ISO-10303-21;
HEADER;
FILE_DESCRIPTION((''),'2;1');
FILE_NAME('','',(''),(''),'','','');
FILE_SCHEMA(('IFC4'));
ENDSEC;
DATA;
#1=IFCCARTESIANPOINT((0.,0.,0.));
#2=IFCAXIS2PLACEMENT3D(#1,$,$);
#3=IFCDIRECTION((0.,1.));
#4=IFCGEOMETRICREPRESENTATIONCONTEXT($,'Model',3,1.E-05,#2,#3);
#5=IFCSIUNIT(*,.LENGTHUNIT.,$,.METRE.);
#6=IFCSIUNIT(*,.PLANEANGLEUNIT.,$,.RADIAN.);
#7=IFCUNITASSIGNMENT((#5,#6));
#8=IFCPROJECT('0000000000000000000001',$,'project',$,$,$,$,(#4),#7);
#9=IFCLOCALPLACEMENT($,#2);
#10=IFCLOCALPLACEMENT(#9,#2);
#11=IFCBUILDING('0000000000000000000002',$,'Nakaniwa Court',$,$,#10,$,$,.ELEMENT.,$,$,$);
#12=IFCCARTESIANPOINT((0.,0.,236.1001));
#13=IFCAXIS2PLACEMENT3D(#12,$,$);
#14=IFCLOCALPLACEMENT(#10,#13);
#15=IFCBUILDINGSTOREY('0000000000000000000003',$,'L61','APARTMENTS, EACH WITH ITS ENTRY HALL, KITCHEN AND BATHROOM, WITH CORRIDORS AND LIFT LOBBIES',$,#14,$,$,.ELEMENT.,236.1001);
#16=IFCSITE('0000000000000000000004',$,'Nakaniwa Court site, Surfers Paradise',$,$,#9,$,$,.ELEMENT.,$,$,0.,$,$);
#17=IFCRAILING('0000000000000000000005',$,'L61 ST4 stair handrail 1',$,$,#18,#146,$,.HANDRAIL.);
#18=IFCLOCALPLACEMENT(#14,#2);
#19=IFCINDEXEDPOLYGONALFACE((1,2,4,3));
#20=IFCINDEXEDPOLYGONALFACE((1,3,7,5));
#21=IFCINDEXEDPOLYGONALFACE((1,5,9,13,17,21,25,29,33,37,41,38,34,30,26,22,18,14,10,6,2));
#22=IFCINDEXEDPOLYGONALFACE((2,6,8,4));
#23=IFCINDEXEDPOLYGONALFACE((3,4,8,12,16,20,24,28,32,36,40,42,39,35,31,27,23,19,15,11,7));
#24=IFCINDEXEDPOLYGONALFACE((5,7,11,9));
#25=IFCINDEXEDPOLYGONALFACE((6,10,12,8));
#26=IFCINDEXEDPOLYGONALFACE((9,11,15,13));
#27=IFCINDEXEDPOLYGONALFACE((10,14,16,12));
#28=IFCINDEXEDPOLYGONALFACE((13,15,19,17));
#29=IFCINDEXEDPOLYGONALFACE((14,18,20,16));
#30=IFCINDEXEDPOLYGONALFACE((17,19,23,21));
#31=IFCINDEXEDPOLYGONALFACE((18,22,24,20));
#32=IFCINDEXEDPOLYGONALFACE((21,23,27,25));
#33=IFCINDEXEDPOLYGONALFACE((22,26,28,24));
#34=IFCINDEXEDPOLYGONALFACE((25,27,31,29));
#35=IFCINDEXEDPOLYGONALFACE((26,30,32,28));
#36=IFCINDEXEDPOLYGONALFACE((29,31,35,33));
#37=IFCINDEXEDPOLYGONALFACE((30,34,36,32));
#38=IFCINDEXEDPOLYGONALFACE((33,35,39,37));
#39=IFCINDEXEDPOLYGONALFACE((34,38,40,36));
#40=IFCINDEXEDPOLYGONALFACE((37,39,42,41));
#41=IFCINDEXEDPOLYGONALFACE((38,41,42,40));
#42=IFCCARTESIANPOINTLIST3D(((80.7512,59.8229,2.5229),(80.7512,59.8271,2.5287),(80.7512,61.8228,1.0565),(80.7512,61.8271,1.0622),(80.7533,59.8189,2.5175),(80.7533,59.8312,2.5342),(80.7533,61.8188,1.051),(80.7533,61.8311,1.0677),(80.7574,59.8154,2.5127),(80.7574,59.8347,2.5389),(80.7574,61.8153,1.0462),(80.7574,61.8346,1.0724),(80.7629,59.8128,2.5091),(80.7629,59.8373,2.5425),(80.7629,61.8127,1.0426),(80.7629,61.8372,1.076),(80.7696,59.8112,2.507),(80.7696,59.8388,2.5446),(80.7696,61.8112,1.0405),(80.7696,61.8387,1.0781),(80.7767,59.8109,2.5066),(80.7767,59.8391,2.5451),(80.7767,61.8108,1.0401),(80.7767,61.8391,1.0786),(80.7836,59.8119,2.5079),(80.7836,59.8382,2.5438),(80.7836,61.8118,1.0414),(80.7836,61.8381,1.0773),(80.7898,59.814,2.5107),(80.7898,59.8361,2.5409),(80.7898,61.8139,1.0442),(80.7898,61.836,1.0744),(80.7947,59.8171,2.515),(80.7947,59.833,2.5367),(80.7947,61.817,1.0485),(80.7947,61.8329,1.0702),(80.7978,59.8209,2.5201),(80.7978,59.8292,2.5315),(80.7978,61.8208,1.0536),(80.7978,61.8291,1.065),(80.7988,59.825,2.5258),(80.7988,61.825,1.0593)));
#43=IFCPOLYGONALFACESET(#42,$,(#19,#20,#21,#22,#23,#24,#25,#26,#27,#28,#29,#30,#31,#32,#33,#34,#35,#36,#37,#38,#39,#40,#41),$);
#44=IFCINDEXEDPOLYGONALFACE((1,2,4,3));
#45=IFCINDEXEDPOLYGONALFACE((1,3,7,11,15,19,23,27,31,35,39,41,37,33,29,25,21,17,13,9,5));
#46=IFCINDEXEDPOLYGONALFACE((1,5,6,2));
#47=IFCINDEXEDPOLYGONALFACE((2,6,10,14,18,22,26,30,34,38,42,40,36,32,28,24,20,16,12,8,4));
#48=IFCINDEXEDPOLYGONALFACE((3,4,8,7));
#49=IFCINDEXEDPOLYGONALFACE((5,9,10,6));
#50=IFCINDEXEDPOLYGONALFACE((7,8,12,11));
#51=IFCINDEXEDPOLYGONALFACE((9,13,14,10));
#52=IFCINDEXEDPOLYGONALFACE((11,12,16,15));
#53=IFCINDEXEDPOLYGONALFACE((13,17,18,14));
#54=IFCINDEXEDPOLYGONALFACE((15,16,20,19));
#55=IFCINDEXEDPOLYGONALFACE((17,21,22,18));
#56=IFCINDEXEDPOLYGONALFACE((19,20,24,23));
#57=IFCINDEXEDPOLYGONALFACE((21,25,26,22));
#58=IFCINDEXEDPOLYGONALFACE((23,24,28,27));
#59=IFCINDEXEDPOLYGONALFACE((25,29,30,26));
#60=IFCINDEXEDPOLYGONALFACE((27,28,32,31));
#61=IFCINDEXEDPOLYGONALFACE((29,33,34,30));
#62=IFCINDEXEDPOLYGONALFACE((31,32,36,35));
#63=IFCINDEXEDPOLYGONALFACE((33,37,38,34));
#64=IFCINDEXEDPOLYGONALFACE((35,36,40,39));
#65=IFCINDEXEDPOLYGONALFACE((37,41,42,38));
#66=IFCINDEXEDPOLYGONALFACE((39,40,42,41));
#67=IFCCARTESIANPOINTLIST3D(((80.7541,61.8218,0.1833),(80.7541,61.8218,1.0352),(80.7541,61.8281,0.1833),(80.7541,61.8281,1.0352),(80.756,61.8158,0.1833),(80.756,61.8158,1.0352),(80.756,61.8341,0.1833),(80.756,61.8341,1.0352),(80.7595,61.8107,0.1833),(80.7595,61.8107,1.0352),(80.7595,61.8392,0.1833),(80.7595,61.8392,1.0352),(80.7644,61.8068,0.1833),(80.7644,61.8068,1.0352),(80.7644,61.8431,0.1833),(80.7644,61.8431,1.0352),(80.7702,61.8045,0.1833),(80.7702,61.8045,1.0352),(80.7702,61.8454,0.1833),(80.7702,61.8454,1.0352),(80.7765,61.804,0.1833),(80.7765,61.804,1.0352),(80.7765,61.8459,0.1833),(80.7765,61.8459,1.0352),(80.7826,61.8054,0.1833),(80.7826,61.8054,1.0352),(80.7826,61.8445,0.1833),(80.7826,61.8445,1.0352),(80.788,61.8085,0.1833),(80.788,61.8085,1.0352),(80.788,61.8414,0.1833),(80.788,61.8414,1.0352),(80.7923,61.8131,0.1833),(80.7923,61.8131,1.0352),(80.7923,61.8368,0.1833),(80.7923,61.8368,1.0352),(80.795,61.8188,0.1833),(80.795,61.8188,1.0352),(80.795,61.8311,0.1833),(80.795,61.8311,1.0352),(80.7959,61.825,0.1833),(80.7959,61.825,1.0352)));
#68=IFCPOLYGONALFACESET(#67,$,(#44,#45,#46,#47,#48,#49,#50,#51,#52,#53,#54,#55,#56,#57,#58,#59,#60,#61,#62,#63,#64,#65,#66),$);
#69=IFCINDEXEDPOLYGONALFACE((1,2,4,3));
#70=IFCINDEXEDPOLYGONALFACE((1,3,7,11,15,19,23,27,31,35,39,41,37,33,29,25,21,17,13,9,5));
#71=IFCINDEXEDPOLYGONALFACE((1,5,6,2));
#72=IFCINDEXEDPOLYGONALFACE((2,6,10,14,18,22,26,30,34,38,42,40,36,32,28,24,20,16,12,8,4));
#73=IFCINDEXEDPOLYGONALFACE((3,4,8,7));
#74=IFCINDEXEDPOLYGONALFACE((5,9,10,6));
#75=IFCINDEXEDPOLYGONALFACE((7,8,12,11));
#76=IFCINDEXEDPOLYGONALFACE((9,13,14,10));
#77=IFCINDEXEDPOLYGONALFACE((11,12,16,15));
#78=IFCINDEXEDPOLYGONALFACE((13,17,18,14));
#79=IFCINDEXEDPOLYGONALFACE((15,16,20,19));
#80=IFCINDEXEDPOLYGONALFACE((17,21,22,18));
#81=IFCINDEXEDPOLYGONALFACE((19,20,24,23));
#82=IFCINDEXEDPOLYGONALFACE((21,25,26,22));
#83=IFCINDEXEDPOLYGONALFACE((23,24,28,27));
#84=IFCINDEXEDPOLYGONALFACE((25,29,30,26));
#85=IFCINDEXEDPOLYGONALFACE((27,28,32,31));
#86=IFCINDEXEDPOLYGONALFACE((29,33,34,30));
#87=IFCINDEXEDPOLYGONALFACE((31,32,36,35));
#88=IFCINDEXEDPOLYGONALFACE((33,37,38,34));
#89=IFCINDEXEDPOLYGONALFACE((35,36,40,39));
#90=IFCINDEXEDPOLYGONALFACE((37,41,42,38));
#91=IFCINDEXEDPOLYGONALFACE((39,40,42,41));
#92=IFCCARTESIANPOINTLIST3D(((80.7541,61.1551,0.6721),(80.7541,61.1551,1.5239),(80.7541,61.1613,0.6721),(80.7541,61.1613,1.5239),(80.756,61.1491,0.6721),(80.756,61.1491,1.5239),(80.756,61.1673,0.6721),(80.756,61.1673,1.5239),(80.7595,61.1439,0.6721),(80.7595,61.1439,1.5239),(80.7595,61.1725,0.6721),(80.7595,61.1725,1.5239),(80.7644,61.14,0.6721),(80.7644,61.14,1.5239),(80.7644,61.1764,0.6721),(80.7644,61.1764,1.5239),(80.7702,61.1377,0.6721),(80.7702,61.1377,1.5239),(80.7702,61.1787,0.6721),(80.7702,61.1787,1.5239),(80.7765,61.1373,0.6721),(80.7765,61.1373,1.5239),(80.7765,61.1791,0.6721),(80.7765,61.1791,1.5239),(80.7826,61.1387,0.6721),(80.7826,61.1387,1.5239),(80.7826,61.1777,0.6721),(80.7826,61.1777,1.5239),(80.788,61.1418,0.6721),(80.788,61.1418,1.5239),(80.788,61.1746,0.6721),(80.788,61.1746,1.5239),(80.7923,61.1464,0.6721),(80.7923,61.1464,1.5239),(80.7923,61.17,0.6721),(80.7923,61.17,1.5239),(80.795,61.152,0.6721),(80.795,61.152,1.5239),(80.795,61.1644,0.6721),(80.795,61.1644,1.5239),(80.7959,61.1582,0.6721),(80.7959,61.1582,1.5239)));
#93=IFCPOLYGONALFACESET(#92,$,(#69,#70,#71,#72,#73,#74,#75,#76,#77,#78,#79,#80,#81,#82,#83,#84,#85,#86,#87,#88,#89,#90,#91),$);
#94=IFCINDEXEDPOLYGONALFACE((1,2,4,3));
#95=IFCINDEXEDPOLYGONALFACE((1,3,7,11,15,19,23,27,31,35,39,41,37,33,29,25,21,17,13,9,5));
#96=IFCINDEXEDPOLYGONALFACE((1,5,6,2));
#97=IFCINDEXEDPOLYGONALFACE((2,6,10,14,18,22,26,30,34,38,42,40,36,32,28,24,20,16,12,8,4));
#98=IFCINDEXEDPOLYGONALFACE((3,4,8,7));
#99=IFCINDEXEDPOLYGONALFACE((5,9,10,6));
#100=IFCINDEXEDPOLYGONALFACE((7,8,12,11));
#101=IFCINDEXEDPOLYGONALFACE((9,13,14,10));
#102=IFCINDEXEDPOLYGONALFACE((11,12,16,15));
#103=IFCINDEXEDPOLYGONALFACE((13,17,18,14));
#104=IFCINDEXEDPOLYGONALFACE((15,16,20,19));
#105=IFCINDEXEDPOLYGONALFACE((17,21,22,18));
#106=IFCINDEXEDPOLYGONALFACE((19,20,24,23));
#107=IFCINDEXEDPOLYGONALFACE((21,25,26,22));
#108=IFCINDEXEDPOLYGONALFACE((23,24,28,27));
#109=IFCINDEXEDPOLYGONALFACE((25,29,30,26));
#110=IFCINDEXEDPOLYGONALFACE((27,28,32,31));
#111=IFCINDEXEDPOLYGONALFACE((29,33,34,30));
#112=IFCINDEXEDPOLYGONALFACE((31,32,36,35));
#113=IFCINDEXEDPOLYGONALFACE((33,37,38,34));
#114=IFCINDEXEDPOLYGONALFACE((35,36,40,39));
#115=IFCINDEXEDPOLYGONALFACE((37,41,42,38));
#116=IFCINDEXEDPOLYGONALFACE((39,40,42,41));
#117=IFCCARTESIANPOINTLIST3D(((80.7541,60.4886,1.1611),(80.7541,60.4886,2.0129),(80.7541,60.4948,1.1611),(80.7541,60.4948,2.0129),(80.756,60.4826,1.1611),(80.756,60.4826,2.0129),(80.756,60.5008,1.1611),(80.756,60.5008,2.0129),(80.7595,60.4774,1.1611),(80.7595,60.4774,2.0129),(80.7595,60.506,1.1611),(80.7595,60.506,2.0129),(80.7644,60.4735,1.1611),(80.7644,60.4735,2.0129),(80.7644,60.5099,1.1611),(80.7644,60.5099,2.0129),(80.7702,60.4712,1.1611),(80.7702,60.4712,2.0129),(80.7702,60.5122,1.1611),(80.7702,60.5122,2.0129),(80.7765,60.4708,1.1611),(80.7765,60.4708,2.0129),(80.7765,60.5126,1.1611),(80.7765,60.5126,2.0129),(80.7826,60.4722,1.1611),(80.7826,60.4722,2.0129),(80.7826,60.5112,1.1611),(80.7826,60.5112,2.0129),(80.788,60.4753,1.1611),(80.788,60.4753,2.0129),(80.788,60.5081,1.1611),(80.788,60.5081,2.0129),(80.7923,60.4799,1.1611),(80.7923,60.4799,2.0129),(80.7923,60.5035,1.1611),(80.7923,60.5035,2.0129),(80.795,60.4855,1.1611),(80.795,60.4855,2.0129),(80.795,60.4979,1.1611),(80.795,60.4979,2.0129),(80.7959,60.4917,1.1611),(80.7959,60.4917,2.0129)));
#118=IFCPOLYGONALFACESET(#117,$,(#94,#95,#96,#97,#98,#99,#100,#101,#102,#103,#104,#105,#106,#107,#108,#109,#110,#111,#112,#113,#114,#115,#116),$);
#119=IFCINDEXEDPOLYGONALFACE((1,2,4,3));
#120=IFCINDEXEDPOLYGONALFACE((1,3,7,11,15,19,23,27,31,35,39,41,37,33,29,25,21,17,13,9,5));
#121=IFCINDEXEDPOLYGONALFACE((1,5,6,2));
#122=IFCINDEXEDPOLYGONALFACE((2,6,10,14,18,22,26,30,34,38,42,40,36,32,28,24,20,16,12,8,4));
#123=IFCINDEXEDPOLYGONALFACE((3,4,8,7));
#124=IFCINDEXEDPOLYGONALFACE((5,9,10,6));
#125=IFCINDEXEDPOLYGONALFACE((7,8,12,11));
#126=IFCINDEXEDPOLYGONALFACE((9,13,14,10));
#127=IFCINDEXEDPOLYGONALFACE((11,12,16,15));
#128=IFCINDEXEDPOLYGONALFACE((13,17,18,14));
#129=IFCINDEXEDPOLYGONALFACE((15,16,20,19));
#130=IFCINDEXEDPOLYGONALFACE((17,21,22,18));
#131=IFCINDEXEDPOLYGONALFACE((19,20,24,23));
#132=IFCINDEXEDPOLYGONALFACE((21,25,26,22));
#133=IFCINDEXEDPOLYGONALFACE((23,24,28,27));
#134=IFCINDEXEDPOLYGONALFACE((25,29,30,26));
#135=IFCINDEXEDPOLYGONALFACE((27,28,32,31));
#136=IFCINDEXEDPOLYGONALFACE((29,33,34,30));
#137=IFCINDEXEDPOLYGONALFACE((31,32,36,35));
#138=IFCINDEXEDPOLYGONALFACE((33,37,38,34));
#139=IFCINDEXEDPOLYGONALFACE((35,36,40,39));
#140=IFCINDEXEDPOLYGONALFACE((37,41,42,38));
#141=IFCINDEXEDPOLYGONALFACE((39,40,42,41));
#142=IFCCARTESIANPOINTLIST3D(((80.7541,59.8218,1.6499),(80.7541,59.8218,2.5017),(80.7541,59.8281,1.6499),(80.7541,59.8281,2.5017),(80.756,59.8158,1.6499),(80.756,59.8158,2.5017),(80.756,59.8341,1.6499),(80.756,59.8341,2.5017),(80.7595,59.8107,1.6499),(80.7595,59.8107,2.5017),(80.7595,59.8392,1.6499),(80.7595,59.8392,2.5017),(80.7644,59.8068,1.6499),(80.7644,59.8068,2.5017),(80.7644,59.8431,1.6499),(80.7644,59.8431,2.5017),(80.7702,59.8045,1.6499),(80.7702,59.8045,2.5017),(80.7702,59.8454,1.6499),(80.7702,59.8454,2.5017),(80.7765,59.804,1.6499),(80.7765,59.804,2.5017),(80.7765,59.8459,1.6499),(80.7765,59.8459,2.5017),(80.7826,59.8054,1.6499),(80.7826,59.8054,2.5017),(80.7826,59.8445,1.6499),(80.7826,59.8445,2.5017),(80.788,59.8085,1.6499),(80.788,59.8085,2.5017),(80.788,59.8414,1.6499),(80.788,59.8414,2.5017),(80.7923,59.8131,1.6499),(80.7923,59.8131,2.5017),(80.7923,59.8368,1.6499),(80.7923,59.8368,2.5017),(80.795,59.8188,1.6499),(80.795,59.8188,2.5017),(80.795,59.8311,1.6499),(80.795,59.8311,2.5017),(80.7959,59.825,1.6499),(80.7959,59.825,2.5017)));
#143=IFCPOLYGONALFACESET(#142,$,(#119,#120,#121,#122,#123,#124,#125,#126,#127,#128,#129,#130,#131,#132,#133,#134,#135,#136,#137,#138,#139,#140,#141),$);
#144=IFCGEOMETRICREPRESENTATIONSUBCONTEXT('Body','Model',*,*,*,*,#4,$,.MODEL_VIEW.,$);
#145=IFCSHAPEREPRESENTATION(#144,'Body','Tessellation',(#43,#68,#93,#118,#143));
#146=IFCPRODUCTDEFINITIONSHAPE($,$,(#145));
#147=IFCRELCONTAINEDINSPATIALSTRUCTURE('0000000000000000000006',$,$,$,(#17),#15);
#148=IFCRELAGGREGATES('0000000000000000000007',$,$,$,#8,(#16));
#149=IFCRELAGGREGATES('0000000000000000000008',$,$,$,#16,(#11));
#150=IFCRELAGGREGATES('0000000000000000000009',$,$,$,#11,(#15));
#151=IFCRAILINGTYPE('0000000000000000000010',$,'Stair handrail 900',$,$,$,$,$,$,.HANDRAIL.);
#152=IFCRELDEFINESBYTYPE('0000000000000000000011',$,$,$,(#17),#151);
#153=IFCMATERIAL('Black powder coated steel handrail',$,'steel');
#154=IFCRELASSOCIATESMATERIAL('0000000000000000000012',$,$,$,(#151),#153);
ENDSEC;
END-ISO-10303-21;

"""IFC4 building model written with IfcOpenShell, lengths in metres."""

from ifc_helpers import new_model, si_unit, direction, frame, origin, origin_2d, place, context, subcontext, project, spatial, circle, extrude, material, type_object, element, save


model = new_model("IFC4")

# Units and contexts
model_context = context("Model", 3, precision=1e-05, world=origin(), true_north=direction((0.0, 1.0)))
body_context = subcontext(model_context, "Body", "Model", "MODEL_VIEW")
ifc_project = project(units=[si_unit("LENGTHUNIT", "METRE"), si_unit("PLANEANGLEUNIT", "RADIAN")], contexts=[model_context])

# Site, building, storey
site_placement = place(None, origin())
site = spatial("IfcSite", under=ifc_project, at=site_placement, Name="Nakaniwa Court site, Surfers Paradise", CompositionType="ELEMENT", RefElevation=0.0)
building_placement = place(site_placement, origin())
building = spatial("IfcBuilding", under=site, at=building_placement, Name="Nakaniwa Court", CompositionType="ELEMENT")
storey_placement = place(building_placement, frame((0.0, 0.0, 236.1001)))
storey = spatial("IfcBuildingStorey", under=building, at=storey_placement, Name="L61", Description="APARTMENTS, EACH WITH ITS ENTRY HALL, KITCHEN AND BATHROOM, WITH CORRIDORS AND LIFT LOBBIES", CompositionType="ELEMENT", Elevation=236.1001)

# Railing
ifc_material_1 = material(Name="Black powder coated steel handrail", Category="steel")
railing_type_1 = type_object("IfcRailingType", Name="Stair handrail 900", PredefinedType="HANDRAIL", material=ifc_material_1)
railing_1_placement = place(storey_placement, frame((80.7749, 61.825, 0.1833)))
element("IfcRailing", 1, at=railing_1_placement, inside=storey, type_object=railing_type_1, Name="L61 ST4 stair handrail 1", PredefinedType="HANDRAIL", context=body_context, shape_type="SweptSolid", body=[
    extrude(circle(Radius=0.0239, at=origin_2d()), frame((0.0, 0.0, 0.876), z_axis=(0.0, -0.806427, 0.591334), x_axis=(1.0, 0.0, 0.0)), (0.0, 0.0, 1.0), 2.48),
    extrude(circle(Radius=0.021, at=origin_2d()), origin(), (0.0, 0.0, 1.0), 0.8518),
    extrude(circle(Radius=0.021, at=origin_2d()), frame((0.0, -0.6667, 0.4888)), (0.0, 0.0, 1.0), 0.8518),
    extrude(circle(Radius=0.021, at=origin_2d()), frame((0.0, -1.3333, 0.9778)), (0.0, 0.0, 1.0), 0.8518),
    extrude(circle(Radius=0.021, at=origin_2d()), frame((0.0, -2.0, 1.4666)), (0.0, 0.0, 1.0), 0.8518),
])

save(model, "model.ifc")
